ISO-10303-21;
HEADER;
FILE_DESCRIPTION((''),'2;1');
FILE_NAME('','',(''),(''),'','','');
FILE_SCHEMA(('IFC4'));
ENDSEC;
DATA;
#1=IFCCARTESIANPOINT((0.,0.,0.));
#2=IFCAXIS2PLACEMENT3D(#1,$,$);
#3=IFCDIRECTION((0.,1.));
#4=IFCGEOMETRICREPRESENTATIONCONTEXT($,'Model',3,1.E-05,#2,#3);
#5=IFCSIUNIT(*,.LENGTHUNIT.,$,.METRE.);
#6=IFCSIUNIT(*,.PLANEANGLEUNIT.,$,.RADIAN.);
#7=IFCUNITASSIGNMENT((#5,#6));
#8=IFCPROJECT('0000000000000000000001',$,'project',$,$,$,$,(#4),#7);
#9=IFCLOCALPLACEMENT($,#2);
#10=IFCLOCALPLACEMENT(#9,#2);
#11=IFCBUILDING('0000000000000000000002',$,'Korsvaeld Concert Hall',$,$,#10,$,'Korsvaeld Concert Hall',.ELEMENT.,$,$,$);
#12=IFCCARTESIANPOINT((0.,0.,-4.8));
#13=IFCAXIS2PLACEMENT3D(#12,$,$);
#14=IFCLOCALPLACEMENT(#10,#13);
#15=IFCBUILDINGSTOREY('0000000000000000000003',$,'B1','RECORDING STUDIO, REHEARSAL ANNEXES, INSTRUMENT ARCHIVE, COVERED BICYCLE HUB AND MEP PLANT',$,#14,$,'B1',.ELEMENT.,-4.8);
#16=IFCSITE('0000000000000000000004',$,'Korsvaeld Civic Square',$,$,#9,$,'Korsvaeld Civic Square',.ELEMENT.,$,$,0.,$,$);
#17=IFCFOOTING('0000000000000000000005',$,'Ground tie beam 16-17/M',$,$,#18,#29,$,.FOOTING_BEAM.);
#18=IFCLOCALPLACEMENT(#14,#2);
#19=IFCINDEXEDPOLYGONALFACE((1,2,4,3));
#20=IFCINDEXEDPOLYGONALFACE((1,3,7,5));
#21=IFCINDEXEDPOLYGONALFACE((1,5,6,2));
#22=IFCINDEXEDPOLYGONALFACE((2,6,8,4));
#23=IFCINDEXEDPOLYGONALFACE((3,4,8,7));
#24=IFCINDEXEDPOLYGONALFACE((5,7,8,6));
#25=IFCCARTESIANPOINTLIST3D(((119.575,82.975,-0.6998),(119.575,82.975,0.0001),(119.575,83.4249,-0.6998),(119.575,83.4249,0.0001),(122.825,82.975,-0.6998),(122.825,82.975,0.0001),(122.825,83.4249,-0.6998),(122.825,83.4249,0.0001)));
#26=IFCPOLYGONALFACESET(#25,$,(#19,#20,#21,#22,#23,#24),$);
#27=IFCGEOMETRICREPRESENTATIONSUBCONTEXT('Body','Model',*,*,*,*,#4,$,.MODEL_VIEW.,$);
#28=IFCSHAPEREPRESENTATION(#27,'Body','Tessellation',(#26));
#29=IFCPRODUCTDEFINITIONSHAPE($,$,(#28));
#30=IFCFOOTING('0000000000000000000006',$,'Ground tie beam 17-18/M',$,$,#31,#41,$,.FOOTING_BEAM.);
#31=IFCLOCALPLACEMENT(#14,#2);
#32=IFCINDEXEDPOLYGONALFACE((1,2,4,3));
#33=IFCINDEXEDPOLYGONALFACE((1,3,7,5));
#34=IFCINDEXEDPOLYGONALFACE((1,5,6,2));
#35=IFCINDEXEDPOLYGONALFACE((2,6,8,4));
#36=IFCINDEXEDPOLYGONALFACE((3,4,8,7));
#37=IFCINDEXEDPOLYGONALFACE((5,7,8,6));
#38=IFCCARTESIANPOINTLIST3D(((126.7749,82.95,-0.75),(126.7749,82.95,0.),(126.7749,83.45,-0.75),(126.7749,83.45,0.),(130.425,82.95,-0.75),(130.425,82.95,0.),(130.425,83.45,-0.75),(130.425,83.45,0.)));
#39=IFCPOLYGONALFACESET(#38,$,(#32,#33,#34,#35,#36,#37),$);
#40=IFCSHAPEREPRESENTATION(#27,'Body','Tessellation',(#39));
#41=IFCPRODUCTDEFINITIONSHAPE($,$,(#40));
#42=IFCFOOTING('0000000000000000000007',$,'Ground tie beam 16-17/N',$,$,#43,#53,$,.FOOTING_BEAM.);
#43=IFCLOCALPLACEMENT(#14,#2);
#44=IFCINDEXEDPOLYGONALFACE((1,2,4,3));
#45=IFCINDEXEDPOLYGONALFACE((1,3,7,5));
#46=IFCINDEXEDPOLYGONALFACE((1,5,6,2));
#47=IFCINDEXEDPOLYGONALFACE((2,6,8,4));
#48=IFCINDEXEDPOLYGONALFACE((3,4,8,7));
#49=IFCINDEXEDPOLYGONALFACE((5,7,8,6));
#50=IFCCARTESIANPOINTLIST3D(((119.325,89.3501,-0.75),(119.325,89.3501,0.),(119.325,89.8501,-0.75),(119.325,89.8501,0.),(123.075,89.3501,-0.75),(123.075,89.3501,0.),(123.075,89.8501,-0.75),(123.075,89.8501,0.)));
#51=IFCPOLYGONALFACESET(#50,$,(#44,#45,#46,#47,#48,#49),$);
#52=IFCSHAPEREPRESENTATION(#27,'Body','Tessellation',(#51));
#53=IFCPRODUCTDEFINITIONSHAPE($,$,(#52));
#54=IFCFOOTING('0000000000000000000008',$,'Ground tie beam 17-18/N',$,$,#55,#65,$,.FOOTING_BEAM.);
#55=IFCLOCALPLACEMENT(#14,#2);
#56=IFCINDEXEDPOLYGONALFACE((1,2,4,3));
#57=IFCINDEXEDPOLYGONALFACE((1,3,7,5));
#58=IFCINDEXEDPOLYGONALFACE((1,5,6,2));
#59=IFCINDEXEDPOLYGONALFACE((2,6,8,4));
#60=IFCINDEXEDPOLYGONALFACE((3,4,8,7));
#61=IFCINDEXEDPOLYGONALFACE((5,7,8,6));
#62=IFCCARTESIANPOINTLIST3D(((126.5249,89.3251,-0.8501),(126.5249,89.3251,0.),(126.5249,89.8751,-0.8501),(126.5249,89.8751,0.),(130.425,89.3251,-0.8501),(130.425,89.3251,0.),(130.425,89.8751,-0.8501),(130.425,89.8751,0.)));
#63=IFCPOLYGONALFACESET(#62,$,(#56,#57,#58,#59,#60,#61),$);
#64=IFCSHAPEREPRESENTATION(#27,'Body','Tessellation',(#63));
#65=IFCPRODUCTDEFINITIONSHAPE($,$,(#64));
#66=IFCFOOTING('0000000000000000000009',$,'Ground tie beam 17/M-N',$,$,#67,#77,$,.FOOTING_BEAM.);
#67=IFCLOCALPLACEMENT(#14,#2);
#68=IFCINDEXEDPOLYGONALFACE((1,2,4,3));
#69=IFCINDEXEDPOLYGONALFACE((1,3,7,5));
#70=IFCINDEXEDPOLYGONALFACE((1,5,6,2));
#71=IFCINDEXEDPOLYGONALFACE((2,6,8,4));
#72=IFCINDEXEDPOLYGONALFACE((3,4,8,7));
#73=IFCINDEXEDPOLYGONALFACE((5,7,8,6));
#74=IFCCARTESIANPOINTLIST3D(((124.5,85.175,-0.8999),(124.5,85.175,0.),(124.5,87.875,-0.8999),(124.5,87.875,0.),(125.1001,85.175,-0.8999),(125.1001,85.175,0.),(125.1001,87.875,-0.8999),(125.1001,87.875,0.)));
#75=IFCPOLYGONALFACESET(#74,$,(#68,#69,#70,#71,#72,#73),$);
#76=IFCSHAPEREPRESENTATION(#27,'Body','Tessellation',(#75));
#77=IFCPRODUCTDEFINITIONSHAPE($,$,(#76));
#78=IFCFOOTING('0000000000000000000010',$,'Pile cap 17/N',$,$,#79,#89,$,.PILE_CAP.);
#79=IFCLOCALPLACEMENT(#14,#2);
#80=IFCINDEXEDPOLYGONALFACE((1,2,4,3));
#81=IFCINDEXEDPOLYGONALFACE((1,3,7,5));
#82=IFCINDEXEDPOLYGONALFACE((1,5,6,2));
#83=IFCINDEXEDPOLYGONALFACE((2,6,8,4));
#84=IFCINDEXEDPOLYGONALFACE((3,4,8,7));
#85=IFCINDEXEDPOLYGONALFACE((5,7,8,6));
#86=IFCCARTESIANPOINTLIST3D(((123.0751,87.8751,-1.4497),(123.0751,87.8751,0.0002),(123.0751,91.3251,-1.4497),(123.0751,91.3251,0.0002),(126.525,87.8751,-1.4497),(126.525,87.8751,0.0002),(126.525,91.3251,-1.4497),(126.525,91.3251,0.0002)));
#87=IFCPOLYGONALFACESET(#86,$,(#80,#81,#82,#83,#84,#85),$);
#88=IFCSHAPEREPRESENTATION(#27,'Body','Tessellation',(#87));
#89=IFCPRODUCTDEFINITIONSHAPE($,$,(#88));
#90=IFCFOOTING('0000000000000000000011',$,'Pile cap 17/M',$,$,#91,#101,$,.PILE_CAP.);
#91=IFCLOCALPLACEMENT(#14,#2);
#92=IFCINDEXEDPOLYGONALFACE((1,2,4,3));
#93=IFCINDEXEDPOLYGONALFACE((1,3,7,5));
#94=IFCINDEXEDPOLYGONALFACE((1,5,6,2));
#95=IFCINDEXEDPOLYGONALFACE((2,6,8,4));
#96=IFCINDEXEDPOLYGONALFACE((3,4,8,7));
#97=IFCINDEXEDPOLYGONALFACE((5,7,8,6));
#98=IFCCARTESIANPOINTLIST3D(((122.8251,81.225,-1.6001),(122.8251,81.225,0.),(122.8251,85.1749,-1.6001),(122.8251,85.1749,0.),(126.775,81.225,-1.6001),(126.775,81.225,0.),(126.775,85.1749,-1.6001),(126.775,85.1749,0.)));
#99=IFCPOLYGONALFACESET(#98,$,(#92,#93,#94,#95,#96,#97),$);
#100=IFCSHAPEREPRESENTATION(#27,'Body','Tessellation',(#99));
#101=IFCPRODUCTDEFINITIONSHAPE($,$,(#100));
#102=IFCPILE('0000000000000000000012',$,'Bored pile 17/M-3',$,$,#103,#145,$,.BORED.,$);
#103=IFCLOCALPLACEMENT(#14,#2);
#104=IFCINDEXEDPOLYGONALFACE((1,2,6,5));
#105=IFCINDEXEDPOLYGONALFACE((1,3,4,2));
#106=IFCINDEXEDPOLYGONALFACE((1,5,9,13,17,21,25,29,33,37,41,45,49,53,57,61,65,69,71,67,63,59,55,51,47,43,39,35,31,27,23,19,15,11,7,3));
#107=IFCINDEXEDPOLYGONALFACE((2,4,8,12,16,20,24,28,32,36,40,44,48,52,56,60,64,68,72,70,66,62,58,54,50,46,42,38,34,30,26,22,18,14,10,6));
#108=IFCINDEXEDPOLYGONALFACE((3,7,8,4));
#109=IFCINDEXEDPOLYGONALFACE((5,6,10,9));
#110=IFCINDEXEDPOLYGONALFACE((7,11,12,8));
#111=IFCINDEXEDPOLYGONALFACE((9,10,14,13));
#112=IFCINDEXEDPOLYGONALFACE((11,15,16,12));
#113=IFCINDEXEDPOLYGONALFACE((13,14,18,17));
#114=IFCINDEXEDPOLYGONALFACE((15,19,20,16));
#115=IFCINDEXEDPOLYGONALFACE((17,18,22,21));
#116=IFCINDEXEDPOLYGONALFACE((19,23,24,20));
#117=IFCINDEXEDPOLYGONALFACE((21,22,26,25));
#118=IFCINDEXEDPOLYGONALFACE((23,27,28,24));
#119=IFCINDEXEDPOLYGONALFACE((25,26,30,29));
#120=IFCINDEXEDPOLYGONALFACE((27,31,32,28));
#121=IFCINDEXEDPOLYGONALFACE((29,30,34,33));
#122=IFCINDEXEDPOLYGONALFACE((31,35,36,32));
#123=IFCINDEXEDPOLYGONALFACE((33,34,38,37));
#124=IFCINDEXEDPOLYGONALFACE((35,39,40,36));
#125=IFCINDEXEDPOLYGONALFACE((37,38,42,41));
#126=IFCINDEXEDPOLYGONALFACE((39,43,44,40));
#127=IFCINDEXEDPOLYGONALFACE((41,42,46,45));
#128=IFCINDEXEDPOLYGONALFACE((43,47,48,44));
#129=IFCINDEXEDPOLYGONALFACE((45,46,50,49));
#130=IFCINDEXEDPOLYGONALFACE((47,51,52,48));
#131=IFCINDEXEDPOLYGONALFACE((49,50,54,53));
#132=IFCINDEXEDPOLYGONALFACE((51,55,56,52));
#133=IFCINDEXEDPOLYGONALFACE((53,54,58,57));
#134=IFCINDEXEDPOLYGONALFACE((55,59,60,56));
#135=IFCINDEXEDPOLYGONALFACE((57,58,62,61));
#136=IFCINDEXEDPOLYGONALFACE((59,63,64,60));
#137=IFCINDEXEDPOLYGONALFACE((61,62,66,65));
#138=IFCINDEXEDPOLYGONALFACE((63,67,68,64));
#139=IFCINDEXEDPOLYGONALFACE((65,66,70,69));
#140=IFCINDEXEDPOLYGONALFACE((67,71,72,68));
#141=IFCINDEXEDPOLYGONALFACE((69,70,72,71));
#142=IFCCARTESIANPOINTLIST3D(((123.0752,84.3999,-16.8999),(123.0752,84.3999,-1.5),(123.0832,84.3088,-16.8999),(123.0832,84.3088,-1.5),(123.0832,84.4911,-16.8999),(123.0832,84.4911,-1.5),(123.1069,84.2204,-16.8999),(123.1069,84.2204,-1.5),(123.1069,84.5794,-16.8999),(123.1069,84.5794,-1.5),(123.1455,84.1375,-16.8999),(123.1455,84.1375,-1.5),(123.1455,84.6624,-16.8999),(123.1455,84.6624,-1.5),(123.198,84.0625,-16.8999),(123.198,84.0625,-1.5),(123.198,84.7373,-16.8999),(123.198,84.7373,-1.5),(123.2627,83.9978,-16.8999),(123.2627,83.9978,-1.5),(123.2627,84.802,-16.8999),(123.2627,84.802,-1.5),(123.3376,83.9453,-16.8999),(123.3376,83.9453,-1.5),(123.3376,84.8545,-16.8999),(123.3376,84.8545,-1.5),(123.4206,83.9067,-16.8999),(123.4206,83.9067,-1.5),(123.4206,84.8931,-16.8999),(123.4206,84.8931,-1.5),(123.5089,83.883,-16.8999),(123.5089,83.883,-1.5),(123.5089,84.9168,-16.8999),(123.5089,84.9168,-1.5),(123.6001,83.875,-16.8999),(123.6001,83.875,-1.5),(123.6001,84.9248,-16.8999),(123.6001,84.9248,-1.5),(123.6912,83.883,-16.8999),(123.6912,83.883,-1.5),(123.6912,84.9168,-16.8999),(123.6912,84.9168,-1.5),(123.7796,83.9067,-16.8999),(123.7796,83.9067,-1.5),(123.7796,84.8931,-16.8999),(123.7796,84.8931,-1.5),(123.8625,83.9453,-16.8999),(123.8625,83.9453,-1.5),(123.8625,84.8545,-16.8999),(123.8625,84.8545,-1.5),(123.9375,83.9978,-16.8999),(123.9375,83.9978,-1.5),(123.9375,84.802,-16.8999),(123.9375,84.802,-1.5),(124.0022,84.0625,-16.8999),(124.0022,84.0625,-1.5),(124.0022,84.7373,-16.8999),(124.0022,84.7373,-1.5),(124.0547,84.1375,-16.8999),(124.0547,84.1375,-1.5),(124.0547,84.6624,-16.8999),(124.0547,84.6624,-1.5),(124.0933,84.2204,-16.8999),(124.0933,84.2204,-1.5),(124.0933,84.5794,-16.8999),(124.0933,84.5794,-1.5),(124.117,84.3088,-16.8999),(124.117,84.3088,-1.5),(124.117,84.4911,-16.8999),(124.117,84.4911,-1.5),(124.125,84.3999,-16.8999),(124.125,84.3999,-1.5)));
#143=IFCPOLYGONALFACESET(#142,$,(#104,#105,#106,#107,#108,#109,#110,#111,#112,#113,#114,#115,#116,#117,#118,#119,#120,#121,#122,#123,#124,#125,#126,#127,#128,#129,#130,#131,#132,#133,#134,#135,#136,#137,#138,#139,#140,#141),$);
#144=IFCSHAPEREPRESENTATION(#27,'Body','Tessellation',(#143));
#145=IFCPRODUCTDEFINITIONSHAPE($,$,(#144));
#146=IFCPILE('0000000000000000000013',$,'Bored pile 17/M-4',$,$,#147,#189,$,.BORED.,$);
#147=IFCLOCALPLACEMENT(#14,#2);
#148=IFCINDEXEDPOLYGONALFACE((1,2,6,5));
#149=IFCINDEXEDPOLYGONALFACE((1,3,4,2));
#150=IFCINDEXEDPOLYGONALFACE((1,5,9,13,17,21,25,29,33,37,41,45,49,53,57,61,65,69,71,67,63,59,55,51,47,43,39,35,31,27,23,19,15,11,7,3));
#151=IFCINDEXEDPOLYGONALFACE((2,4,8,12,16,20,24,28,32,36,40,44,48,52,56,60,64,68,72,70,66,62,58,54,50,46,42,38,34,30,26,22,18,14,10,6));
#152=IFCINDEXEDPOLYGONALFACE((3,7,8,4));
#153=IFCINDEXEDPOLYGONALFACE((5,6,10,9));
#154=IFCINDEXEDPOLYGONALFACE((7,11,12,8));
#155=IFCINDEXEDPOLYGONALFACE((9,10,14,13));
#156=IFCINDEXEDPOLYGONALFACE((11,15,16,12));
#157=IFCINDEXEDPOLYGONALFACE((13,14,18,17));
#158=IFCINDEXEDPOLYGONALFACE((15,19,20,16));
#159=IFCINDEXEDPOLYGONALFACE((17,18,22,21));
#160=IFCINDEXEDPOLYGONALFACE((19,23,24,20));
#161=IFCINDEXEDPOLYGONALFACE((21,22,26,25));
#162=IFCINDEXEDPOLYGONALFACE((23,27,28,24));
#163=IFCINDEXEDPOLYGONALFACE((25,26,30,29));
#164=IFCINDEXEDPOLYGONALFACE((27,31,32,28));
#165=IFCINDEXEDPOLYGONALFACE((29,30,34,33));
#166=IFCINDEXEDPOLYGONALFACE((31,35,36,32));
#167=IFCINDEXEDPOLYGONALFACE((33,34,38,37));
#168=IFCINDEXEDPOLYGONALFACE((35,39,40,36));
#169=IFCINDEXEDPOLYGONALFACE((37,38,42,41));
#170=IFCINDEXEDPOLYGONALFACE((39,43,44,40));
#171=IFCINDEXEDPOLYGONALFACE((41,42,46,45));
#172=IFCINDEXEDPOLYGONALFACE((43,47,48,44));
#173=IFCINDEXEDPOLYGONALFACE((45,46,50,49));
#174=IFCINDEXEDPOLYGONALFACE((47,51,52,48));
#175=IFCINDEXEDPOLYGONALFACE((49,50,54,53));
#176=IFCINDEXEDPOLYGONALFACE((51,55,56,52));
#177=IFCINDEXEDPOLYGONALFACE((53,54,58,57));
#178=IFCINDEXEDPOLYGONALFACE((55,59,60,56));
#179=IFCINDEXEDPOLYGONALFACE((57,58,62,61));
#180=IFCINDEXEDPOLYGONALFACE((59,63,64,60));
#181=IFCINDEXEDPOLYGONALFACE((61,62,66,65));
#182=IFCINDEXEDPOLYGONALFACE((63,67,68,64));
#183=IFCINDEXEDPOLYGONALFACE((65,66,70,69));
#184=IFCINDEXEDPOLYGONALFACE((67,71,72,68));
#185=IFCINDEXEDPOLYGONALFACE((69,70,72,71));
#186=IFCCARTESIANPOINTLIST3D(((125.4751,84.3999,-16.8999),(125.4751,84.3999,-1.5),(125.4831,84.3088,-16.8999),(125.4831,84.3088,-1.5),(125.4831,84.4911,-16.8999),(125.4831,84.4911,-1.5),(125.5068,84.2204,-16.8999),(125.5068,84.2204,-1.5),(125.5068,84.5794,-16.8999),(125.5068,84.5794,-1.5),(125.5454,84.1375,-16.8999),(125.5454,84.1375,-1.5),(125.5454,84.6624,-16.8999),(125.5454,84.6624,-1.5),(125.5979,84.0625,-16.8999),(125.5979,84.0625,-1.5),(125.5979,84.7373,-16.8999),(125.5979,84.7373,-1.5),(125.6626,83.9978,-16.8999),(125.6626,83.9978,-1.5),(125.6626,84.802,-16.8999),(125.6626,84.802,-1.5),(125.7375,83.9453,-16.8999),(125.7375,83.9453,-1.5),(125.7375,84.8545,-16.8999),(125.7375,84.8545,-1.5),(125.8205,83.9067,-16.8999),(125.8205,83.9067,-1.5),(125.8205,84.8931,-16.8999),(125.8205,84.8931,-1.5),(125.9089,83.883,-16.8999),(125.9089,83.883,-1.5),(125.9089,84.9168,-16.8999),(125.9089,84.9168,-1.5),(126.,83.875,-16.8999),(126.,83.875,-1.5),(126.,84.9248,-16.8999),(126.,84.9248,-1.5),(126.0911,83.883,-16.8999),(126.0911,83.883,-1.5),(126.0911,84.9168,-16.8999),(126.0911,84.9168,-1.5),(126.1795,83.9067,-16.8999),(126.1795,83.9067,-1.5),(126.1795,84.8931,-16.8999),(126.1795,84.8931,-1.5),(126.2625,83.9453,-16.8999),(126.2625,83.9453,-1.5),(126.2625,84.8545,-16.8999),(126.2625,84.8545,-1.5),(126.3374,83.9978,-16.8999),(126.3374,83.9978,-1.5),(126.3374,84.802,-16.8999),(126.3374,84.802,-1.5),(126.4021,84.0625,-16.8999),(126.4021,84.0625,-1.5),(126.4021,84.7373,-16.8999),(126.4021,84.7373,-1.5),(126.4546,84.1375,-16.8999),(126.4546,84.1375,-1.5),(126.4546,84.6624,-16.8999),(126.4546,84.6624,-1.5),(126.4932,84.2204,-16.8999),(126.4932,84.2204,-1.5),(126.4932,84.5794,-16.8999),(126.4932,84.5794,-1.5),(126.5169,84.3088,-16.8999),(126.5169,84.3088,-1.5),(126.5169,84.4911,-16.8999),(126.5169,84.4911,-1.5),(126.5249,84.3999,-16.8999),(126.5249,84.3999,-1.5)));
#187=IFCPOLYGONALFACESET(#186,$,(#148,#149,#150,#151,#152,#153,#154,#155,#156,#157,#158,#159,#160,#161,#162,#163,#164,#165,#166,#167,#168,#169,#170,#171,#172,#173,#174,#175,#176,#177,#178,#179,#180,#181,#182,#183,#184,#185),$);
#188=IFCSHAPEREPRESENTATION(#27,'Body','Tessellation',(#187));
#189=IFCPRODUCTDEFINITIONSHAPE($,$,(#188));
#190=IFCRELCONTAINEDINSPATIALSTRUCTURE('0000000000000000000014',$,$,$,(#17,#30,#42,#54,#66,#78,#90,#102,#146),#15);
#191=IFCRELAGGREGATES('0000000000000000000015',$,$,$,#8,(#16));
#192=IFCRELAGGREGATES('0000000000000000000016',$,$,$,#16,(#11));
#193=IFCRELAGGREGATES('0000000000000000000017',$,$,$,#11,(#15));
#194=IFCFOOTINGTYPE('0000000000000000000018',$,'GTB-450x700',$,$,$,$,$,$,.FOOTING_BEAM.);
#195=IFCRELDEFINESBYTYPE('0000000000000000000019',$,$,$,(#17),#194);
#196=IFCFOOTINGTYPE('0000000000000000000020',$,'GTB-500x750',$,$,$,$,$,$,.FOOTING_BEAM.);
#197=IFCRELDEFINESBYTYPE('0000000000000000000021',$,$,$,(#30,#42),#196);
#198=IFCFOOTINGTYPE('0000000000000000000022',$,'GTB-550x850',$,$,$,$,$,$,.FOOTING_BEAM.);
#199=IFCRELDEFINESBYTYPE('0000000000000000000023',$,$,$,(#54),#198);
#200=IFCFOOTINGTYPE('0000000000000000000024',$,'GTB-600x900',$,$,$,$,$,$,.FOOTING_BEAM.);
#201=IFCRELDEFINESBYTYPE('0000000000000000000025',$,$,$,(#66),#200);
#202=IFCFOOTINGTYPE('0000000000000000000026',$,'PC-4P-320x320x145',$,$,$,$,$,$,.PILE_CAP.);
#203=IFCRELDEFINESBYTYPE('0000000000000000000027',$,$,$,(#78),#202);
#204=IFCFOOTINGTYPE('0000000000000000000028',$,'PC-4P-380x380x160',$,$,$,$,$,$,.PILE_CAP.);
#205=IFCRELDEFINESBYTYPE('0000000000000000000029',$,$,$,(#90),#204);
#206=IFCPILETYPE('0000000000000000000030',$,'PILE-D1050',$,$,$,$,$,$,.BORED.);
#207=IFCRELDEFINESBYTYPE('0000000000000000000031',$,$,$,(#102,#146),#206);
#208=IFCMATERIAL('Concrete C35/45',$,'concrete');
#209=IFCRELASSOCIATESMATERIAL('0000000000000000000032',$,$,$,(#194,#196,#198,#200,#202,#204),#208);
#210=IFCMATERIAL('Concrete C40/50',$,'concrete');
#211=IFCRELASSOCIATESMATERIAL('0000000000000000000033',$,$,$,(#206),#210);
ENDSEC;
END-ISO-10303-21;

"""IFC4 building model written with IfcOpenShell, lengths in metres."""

from ifc_helpers import new_model, si_unit, direction, frame, origin, origin_2d, place, context, subcontext, project, spatial, rectangle, circle, extrude, material, material_profile, profile_set, type_object, element, save


model = new_model("IFC4")

# Units and contexts
model_context = context("Model", 3, precision=1e-05, world=origin(), true_north=direction((0.0, 1.0)))
body_context = subcontext(model_context, "Body", "Model", "MODEL_VIEW")
ifc_project = project(units=[si_unit("LENGTHUNIT", "METRE"), si_unit("PLANEANGLEUNIT", "RADIAN")], contexts=[model_context])

# Site, building, storey
site_placement = place(None, origin())
site = spatial("IfcSite", under=ifc_project, at=site_placement, Name="Korsvaeld Civic Square", LongName="Korsvaeld Civic Square", CompositionType="ELEMENT", RefElevation=0.0)
building_placement = place(site_placement, origin())
building = spatial("IfcBuilding", under=site, at=building_placement, Name="Korsvaeld Concert Hall", LongName="Korsvaeld Concert Hall", CompositionType="ELEMENT")
storey_placement = place(building_placement, frame((0.0, 0.0, -4.8)))
storey = spatial("IfcBuildingStorey", under=building, at=storey_placement, Name="B1", Description="RECORDING STUDIO, REHEARSAL ANNEXES, INSTRUMENT ARCHIVE, COVERED BICYCLE HUB AND MEP PLANT", LongName="B1", CompositionType="ELEMENT", Elevation=-4.8)

# Footings
ifc_material_1 = material(Name="Concrete C35/45", Category="concrete")
ifc_material_profile_1 = material_profile(ifc_material_1, rectangle(XDim=0.45, YDim=0.7, at=origin_2d()), Name="GTB 450x700")
ifc_profile_set_1 = profile_set([ifc_material_profile_1], Name="Concrete C35/45")
footing_type_1 = type_object("IfcFootingType", Name="GTB-450x700", PredefinedType="FOOTING_BEAM", material=ifc_profile_set_1)
footing_1_placement = place(storey_placement, frame((119.575, 83.2, -0.3499), z_axis=(1.0, 0.0, 0.0), x_axis=(0.0, 1.0, 0.0)))
element("IfcFooting", 1, at=footing_1_placement, inside=storey, type_object=footing_type_1, Name="Ground tie beam 16-17/M", PredefinedType="FOOTING_BEAM", context=body_context, shape_type="SweptSolid", body=[
    extrude(rectangle(XDim=0.45, YDim=0.7, at=origin_2d()), origin(), (0.0, 0.0, 1.0), 3.25),
])
ifc_material_profile_2 = material_profile(ifc_material_1, rectangle(XDim=0.5, YDim=0.75, at=origin_2d()), Name="GTB 500x750")
ifc_profile_set_2 = profile_set([ifc_material_profile_2], Name="Concrete C35/45")
footing_type_2 = type_object("IfcFootingType", Name="GTB-500x750", PredefinedType="FOOTING_BEAM", material=ifc_profile_set_2)
footing_2_placement = place(storey_placement, frame((126.7749, 83.2, -0.375), z_axis=(1.0, 0.0, 0.0), x_axis=(0.0, 1.0, 0.0)))
element("IfcFooting", 2, at=footing_2_placement, inside=storey, type_object=footing_type_2, Name="Ground tie beam 17-18/M", PredefinedType="FOOTING_BEAM", context=body_context, shape_type="SweptSolid", body=[
    extrude(rectangle(XDim=0.5, YDim=0.75, at=origin_2d()), origin(), (0.0, 0.0, 1.0), 3.6501),
])
footing_3_placement = place(storey_placement, frame((119.325, 89.6001, -0.375), z_axis=(1.0, 0.0, 0.0), x_axis=(0.0, 1.0, 0.0)))
element("IfcFooting", 3, at=footing_3_placement, inside=storey, type_object=footing_type_2, Name="Ground tie beam 16-17/N", PredefinedType="FOOTING_BEAM", context=body_context, shape_type="SweptSolid", body=[
    extrude(rectangle(XDim=0.5, YDim=0.75, at=origin_2d()), origin(), (0.0, 0.0, 1.0), 3.75),
])
ifc_material_profile_3 = material_profile(ifc_material_1, rectangle(XDim=0.55, YDim=0.8501, at=origin_2d()), Name="GTB 550x850")
ifc_profile_set_3 = profile_set([ifc_material_profile_3], Name="Concrete C35/45")
footing_type_3 = type_object("IfcFootingType", Name="GTB-550x850", PredefinedType="FOOTING_BEAM", material=ifc_profile_set_3)
footing_4_placement = place(storey_placement, frame((126.5249, 89.6001, -0.425), z_axis=(1.0, 0.0, 0.0), x_axis=(0.0, 1.0, 0.0)))
element("IfcFooting", 4, at=footing_4_placement, inside=storey, type_object=footing_type_3, Name="Ground tie beam 17-18/N", PredefinedType="FOOTING_BEAM", context=body_context, shape_type="SweptSolid", body=[
    extrude(rectangle(XDim=0.55, YDim=0.8501, at=origin_2d()), origin(), (0.0, 0.0, 1.0), 3.9001),
])
ifc_material_profile_4 = material_profile(ifc_material_1, rectangle(XDim=0.6001, YDim=0.8999, at=origin_2d()), Name="GTB 600x900")
ifc_profile_set_4 = profile_set([ifc_material_profile_4], Name="Concrete C35/45")
footing_type_4 = type_object("IfcFootingType", Name="GTB-600x900", PredefinedType="FOOTING_BEAM", material=ifc_profile_set_4)
footing_5_placement = place(storey_placement, frame((124.8, 85.175, -0.45), z_axis=(0.0, 1.0, 0.0), x_axis=(-1.0, 0.0, 0.0)))
element("IfcFooting", 5, at=footing_5_placement, inside=storey, type_object=footing_type_4, Name="Ground tie beam 17/M-N", PredefinedType="FOOTING_BEAM", context=body_context, shape_type="SweptSolid", body=[
    extrude(rectangle(XDim=0.6001, YDim=0.8999, at=origin_2d()), origin(), (0.0, 0.0, 1.0), 2.7),
])
footing_type_5 = type_object("IfcFootingType", Name="PC-4P-320x320x145", PredefinedType="PILE_CAP", material=ifc_material_1)
footing_6_placement = place(storey_placement, frame((124.8, 89.6001, -1.4497), z_axis=(0.0, 0.0, 1.0), x_axis=(1.0, 0.0, 0.0)))
element("IfcFooting", 6, at=footing_6_placement, inside=storey, type_object=footing_type_5, Name="Pile cap 17/N", PredefinedType="PILE_CAP", context=body_context, shape_type="SweptSolid", body=[
    extrude(rectangle(XDim=3.45, YDim=3.45, at=origin_2d()), origin(), (0.0, 0.0, 1.0), 1.45),
])
footing_type_6 = type_object("IfcFootingType", Name="PC-4P-380x380x160", PredefinedType="PILE_CAP", material=ifc_material_1)
footing_7_placement = place(storey_placement, frame((124.8, 83.2, -1.6001), z_axis=(0.0, 0.0, 1.0), x_axis=(1.0, 0.0, 0.0)))
element("IfcFooting", 7, at=footing_7_placement, inside=storey, type_object=footing_type_6, Name="Pile cap 17/M", PredefinedType="PILE_CAP", context=body_context, shape_type="SweptSolid", body=[
    extrude(rectangle(XDim=3.95, YDim=3.95, at=origin_2d()), origin(), (0.0, 0.0, 1.0), 1.6001),
])

# Piles
ifc_material_2 = material(Name="Concrete C40/50", Category="concrete")
ifc_material_profile_5 = material_profile(ifc_material_2, circle(Radius=0.5249, at=origin_2d()), Name="BORED PILE D1050")
ifc_profile_set_5 = profile_set([ifc_material_profile_5], Name="Concrete C40/50")
pile_type_1 = type_object("IfcPileType", Name="PILE-D1050", PredefinedType="BORED", material=ifc_profile_set_5)
for number, where, z_axis, x_axis, name in (
    (8, (123.6001, 84.3999, -1.5), (0.0, 0.0, -1.0), (1.0, 0.0, 0.0), "Bored pile 17/M-3"),
    (9, (126.0, 84.3999, -1.5), (0.0, 0.0, -1.0), (1.0, 0.0, 0.0), "Bored pile 17/M-4"),
):
    element("IfcPile", number, at=place(storey_placement, frame(where, z_axis=z_axis, x_axis=x_axis)), inside=storey, type_object=pile_type_1, Name=name, PredefinedType="BORED", context=body_context, shape_type="SweptSolid", body=[
        extrude(circle(Radius=0.5249, at=origin_2d()), origin(), (0.0, 0.0, 1.0), 15.3999),
    ])

save(model, "model.ifc")
